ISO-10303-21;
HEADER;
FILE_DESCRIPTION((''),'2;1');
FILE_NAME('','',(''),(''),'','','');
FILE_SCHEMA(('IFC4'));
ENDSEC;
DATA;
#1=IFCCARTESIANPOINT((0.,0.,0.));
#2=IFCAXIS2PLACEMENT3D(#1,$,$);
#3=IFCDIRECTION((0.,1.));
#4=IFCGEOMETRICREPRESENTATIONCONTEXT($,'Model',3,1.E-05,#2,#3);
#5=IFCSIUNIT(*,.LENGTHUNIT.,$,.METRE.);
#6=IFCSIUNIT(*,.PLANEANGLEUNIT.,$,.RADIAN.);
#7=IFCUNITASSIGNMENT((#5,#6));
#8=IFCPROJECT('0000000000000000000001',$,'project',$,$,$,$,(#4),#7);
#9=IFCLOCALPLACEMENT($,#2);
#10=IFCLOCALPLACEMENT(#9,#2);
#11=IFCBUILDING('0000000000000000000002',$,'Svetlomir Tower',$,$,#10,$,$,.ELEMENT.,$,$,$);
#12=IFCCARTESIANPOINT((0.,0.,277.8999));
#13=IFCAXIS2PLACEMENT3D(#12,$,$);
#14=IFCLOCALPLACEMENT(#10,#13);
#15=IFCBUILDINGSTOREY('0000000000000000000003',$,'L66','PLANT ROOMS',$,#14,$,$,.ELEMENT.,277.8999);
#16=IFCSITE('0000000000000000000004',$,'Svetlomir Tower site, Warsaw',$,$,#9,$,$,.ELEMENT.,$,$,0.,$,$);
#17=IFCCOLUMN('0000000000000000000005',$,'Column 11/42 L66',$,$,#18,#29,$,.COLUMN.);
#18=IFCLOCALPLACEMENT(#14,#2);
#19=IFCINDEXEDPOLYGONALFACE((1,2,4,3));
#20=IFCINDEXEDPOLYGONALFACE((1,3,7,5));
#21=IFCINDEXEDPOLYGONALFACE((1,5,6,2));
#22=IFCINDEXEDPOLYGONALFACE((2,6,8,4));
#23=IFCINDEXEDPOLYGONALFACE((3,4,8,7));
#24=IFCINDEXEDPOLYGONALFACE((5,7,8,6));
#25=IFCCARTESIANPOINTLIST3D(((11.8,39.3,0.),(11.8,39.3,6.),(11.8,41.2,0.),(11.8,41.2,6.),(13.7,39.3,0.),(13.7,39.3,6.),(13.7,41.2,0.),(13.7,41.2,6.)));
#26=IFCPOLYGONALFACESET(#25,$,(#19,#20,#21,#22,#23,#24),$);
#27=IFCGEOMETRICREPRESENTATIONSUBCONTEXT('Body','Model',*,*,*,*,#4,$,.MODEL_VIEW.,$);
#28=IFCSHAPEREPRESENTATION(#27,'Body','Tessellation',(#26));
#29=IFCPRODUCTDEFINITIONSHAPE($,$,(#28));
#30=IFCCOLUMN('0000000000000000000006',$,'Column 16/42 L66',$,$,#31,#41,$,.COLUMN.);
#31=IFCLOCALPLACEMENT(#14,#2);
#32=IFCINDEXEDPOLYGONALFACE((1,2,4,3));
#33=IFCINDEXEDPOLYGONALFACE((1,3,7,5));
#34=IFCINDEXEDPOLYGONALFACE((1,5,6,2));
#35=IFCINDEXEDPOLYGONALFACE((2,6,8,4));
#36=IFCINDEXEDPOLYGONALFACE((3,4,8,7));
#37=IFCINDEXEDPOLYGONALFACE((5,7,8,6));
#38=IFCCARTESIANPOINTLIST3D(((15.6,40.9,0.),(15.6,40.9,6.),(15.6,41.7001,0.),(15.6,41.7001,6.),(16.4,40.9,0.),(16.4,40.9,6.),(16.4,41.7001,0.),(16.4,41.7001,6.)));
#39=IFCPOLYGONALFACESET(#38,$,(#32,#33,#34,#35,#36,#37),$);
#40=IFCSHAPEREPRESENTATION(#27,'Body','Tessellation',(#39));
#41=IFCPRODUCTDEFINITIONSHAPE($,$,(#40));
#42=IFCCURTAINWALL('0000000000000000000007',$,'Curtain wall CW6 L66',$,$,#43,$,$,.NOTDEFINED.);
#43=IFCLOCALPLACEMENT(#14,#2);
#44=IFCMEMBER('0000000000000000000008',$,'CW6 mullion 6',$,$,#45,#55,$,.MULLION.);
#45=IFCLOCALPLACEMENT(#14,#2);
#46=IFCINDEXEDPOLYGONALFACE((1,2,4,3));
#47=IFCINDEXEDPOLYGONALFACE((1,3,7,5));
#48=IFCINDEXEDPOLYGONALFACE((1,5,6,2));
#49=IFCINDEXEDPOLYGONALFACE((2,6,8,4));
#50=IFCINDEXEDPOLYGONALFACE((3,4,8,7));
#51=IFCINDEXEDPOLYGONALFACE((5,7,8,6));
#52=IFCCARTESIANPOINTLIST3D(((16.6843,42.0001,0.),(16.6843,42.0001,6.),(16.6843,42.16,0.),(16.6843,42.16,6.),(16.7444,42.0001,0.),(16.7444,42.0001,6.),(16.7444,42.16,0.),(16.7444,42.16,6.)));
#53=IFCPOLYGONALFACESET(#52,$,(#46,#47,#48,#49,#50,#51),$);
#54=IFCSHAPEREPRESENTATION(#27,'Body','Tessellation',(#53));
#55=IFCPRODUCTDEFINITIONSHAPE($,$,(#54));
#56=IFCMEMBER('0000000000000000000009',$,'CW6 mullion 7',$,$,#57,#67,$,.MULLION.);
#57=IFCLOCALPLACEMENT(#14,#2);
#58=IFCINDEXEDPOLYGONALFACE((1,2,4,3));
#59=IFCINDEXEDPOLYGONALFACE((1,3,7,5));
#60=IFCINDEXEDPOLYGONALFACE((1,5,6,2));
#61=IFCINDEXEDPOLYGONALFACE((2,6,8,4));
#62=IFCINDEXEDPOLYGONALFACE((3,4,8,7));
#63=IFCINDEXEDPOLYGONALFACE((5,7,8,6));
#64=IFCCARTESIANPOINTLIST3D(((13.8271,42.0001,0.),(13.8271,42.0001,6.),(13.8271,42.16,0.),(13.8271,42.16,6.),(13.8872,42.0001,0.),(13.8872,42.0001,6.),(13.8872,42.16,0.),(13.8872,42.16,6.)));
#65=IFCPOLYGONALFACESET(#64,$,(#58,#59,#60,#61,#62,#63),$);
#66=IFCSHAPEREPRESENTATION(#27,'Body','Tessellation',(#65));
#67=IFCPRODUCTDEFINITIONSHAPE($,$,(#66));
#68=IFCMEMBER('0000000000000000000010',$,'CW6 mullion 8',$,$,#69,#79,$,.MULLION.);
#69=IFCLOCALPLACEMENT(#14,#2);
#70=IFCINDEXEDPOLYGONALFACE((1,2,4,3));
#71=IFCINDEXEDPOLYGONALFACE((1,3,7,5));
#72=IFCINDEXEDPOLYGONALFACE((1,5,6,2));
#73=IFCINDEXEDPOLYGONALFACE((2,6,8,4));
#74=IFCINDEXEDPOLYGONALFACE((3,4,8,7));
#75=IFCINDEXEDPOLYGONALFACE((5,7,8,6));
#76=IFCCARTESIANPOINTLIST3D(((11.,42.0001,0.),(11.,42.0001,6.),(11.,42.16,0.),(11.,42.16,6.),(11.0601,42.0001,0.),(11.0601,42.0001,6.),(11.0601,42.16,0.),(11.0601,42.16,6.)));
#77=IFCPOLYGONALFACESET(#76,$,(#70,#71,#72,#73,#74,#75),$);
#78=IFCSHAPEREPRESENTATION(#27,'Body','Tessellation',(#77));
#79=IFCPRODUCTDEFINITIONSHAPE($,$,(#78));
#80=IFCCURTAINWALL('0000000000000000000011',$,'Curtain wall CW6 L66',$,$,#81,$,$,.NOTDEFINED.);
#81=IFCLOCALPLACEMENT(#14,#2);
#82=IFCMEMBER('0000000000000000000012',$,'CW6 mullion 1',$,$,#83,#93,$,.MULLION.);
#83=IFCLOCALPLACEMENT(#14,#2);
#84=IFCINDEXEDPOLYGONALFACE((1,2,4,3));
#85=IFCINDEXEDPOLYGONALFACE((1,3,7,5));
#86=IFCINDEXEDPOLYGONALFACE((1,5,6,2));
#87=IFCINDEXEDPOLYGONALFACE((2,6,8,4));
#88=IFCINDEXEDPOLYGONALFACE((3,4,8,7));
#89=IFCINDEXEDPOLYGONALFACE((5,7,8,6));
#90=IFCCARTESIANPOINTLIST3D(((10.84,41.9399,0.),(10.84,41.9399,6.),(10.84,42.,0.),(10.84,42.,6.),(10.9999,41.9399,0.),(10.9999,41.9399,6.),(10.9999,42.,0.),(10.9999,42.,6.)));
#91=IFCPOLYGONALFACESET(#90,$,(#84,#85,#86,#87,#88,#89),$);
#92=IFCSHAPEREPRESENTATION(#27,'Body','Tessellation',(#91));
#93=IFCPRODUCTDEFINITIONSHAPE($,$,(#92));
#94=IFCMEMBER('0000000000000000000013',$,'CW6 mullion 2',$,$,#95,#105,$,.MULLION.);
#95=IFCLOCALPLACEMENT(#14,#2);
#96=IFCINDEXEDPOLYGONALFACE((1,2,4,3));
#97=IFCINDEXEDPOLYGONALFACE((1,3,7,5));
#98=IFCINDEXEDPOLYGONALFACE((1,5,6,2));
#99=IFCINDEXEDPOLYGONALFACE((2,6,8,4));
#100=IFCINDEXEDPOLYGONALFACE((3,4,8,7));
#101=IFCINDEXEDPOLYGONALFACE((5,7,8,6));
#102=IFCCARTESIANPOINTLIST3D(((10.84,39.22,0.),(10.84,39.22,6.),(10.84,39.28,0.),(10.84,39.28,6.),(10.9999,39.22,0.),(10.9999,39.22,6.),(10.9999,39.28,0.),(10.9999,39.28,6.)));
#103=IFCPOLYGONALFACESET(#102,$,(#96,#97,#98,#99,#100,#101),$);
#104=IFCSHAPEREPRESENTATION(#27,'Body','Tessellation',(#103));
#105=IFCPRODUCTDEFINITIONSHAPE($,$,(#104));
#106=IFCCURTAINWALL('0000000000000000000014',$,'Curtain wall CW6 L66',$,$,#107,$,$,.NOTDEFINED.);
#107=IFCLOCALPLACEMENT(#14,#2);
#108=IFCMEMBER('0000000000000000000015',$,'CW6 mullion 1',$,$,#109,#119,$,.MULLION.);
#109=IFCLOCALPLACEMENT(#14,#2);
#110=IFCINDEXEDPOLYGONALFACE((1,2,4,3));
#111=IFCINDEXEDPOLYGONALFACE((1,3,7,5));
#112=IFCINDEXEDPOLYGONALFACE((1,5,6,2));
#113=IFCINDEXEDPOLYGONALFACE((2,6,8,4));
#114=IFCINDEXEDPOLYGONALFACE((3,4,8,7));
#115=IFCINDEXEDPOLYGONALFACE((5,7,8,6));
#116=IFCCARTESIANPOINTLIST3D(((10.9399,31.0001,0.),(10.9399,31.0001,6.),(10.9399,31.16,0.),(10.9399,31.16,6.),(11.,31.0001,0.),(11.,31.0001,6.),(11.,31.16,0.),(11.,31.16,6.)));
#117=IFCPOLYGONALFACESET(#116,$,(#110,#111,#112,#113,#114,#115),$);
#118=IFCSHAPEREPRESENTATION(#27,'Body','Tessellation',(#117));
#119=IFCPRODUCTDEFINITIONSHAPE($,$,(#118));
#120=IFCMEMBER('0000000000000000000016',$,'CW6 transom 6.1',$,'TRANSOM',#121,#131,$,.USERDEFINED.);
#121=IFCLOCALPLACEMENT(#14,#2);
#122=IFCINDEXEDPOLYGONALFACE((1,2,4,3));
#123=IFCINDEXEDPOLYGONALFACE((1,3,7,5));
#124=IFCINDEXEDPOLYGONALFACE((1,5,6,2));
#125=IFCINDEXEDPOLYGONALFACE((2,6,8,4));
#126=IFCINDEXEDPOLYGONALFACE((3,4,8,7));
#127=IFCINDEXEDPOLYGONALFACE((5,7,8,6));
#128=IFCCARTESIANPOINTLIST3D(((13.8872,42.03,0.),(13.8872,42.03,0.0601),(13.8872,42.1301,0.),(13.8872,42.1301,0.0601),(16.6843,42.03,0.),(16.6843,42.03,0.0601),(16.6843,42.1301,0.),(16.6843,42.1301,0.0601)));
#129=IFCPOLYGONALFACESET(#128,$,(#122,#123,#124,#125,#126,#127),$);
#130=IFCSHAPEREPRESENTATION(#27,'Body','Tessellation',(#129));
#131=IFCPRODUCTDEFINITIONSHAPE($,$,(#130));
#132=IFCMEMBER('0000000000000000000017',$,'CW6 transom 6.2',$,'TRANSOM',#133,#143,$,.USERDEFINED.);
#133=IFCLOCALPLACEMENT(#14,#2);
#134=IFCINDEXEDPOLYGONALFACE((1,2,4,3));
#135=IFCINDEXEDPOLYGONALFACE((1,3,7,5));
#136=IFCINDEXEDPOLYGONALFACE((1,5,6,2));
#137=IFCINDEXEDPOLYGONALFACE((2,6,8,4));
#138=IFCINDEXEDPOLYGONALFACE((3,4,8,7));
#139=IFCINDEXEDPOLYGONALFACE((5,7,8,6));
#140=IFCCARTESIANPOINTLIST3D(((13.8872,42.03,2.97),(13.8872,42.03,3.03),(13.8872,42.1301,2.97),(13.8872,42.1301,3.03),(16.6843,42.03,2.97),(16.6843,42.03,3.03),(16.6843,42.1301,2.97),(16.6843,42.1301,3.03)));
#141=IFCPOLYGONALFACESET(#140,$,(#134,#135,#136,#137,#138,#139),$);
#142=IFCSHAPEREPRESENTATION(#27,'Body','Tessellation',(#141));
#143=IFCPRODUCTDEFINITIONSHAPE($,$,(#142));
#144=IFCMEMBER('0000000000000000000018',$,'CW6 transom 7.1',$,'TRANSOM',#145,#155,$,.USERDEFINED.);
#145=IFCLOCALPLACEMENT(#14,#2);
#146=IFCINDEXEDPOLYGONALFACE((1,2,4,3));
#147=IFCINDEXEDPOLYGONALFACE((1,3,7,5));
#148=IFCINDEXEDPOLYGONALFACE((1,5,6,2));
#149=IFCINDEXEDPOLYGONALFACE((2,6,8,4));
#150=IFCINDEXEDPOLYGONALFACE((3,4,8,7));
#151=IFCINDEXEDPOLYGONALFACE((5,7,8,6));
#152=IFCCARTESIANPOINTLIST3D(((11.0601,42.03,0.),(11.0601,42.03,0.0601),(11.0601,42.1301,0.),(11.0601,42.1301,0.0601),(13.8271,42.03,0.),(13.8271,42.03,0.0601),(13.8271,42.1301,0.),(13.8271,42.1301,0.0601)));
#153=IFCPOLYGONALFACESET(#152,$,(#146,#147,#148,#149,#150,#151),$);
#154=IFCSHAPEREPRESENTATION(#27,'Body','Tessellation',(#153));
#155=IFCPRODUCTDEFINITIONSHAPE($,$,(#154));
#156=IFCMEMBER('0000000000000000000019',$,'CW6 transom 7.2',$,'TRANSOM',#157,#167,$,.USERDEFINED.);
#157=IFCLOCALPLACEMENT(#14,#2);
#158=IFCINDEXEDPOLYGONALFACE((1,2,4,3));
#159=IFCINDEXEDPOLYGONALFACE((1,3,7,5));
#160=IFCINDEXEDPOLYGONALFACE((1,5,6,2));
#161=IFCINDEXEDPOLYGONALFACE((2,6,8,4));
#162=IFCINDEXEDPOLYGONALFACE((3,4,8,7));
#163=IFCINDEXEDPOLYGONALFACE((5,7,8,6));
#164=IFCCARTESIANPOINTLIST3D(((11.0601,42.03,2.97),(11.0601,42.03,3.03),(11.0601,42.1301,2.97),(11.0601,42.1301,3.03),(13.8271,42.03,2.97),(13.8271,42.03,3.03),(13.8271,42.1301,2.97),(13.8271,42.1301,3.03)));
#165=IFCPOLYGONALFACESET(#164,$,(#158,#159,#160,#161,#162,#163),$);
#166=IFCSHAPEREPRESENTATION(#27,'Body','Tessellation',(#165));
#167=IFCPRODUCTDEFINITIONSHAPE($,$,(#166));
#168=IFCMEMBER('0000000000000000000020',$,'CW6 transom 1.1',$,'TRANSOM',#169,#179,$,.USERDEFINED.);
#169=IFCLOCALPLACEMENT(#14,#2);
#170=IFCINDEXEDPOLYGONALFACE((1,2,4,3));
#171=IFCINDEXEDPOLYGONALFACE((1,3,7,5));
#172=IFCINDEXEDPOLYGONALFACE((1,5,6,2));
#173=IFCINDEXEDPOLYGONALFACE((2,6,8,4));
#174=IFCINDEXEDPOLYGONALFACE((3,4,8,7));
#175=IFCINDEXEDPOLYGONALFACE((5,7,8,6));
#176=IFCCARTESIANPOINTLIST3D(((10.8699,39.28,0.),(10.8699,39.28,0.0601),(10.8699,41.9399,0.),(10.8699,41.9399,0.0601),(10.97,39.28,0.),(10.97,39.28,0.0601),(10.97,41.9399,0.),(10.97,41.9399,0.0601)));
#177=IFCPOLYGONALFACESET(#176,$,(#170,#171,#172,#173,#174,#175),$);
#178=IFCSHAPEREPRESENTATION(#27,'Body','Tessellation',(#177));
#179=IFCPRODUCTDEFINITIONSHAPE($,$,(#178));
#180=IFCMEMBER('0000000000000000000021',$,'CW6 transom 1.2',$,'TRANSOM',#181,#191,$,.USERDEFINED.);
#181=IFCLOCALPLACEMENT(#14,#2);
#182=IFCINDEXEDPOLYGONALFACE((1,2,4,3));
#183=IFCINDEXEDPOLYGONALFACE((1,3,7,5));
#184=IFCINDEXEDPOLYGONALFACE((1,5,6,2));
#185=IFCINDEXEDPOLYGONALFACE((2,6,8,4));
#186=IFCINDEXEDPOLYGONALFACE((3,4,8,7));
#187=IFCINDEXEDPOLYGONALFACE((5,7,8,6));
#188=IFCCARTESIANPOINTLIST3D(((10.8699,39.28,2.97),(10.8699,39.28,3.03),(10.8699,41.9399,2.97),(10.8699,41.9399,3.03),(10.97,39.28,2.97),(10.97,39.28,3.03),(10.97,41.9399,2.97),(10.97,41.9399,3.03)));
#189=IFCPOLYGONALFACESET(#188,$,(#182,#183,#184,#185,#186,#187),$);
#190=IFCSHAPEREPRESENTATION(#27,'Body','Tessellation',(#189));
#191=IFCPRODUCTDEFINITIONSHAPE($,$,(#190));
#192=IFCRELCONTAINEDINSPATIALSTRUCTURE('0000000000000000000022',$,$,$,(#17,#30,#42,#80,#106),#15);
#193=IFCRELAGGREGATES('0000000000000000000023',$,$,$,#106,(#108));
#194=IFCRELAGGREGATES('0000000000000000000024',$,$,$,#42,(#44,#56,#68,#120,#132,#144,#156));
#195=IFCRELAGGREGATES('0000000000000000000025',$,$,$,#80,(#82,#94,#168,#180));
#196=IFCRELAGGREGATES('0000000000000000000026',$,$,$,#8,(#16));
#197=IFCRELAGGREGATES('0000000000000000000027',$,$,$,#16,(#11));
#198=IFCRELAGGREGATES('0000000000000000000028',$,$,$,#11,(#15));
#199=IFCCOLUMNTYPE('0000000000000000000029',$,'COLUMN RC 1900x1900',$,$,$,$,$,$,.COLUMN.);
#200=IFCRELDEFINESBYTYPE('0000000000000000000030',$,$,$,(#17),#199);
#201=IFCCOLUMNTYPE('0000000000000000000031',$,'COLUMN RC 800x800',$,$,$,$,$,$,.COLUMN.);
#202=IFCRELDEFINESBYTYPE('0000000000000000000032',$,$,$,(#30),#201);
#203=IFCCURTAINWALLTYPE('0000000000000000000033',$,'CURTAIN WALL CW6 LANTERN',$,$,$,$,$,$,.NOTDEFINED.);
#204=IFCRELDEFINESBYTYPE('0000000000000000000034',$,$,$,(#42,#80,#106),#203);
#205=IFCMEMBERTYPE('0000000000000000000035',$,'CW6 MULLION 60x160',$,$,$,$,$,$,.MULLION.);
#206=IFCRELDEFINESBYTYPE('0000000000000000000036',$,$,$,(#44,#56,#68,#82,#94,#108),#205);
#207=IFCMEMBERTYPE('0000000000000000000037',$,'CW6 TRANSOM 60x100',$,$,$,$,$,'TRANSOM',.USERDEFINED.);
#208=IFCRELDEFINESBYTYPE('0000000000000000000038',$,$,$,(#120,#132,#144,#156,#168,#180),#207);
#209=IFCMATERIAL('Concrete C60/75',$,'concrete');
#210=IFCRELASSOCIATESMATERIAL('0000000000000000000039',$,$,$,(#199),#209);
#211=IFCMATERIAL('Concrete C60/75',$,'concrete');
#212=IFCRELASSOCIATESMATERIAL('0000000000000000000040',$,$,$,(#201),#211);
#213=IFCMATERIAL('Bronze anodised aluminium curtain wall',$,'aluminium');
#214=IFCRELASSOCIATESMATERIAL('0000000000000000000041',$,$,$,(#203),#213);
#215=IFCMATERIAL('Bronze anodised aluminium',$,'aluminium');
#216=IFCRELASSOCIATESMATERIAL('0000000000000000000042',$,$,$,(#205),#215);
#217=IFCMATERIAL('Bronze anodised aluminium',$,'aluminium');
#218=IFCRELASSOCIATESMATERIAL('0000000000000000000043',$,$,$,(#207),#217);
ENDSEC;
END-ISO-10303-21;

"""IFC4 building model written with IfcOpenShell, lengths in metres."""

from ifc_helpers import new_model, si_unit, direction, frame, origin, origin_2d, place, context, subcontext, project, spatial, rectangle, extrude, material, material_profile, profile_set, type_object, element, aggregate, save


model = new_model("IFC4")

# Units and contexts
model_context = context("Model", 3, precision=1e-05, world=origin(), true_north=direction((0.0, 1.0)))
body_context = subcontext(model_context, "Body", "Model", "MODEL_VIEW")
ifc_project = project(units=[si_unit("LENGTHUNIT", "METRE"), si_unit("PLANEANGLEUNIT", "RADIAN")], contexts=[model_context])

# Site, building, storey
site_placement = place(None, origin())
site = spatial("IfcSite", under=ifc_project, at=site_placement, Name="Svetlomir Tower site, Warsaw", CompositionType="ELEMENT", RefElevation=0.0)
building_placement = place(site_placement, origin())
building = spatial("IfcBuilding", under=site, at=building_placement, Name="Svetlomir Tower", CompositionType="ELEMENT")
storey_placement = place(building_placement, frame((0.0, 0.0, 277.8999)))
storey = spatial("IfcBuildingStorey", under=building, at=storey_placement, Name="L66", Description="PLANT ROOMS", CompositionType="ELEMENT", Elevation=277.8999)

# Columns
ifc_material_1 = material(Name="Concrete C60/75", Category="concrete")
ifc_material_profile_1 = material_profile(ifc_material_1, rectangle(XDim=1.8999, YDim=1.8999, at=origin_2d()), Name="RC 1900x1900")
ifc_profile_set_1 = profile_set([ifc_material_profile_1], Name="Concrete C60/75")
column_type_1 = type_object("IfcColumnType", Name="COLUMN RC 1900x1900", PredefinedType="COLUMN", material=ifc_profile_set_1)
column_1_placement = place(storey_placement, frame((12.75, 40.25, 0.0), z_axis=(0.0, 0.0, 1.0), x_axis=(1.0, 0.0, 0.0)))
element("IfcColumn", 1, at=column_1_placement, inside=storey, type_object=column_type_1, Name="Column 11/42 L66", PredefinedType="COLUMN", context=body_context, shape_type="SweptSolid", body=[
    extrude(rectangle(XDim=1.8999, YDim=1.8999, at=origin_2d()), origin(), (0.0, 0.0, 1.0), 6.0),
])
ifc_material_2 = material(Name="Concrete C60/75", Category="concrete")
ifc_material_profile_2 = material_profile(ifc_material_2, rectangle(XDim=0.8, YDim=0.8, at=origin_2d()), Name="RC 800x800")
ifc_profile_set_2 = profile_set([ifc_material_profile_2], Name="Concrete C60/75")
column_type_2 = type_object("IfcColumnType", Name="COLUMN RC 800x800", PredefinedType="COLUMN", material=ifc_profile_set_2)
column_2_placement = place(storey_placement, frame((16.0, 41.3, 0.0), z_axis=(0.0, 0.0, 1.0), x_axis=(1.0, 0.0, 0.0)))
element("IfcColumn", 2, at=column_2_placement, inside=storey, type_object=column_type_2, Name="Column 16/42 L66", PredefinedType="COLUMN", context=body_context, shape_type="SweptSolid", body=[
    extrude(rectangle(XDim=0.8, YDim=0.8, at=origin_2d()), origin(), (0.0, 0.0, 1.0), 6.0),
])

# Curtain walls, members
ifc_material_3 = material(Name="Bronze anodised aluminium curtain wall", Category="aluminium")
curtain_wall_type = type_object("IfcCurtainWallType", Name="CURTAIN WALL CW6 LANTERN", PredefinedType="NOTDEFINED", material=ifc_material_3)
curtain_wall_1_placement = place(storey_placement, origin())
curtain_wall_1 = element("IfcCurtainWall", 3, at=curtain_wall_1_placement, inside=storey, type_object=curtain_wall_type, Name="Curtain wall CW6 L66", PredefinedType="NOTDEFINED")
ifc_material_4 = material(Name="Bronze anodised aluminium", Category="aluminium")
ifc_material_profile_3 = material_profile(ifc_material_4, rectangle(XDim=0.0601, YDim=0.1599, at=origin_2d()), Name="AL 60x160")
ifc_profile_set_3 = profile_set([ifc_material_profile_3], Name="Bronze anodised aluminium 6063-T6")
member_type_1 = type_object("IfcMemberType", Name="CW6 MULLION 60x160", PredefinedType="MULLION", material=ifc_profile_set_3)
member_1_placement = place(storey_placement, frame((16.7144, 42.0801, 0.0), z_axis=(0.0, 0.0, 1.0), x_axis=(-1.0, 0.0, 0.0)))
member_1 = element("IfcMember", 4, at=member_1_placement, type_object=member_type_1, Name="CW6 mullion 6", PredefinedType="MULLION", context=body_context, shape_type="SweptSolid", body=[
    extrude(rectangle(XDim=0.0601, YDim=0.1599, at=origin_2d()), origin(), (0.0, 0.0, 1.0), 6.0),
])
member_2_placement = place(storey_placement, frame((13.8572, 42.0801, 0.0), z_axis=(0.0, 0.0, 1.0), x_axis=(-1.0, 0.0, 0.0)))
member_2 = element("IfcMember", 5, at=member_2_placement, type_object=member_type_1, Name="CW6 mullion 7", PredefinedType="MULLION", context=body_context, shape_type="SweptSolid", body=[
    extrude(rectangle(XDim=0.0601, YDim=0.1599, at=origin_2d()), origin(), (0.0, 0.0, 1.0), 6.0),
])
member_3_placement = place(storey_placement, frame((11.03, 42.0801, 0.0), z_axis=(0.0, 0.0, 1.0), x_axis=(-1.0, 0.0, 0.0)))
member_3 = element("IfcMember", 6, at=member_3_placement, type_object=member_type_1, Name="CW6 mullion 8", PredefinedType="MULLION", context=body_context, shape_type="SweptSolid", body=[
    extrude(rectangle(XDim=0.0601, YDim=0.1599, at=origin_2d()), origin(), (0.0, 0.0, 1.0), 6.0),
])
curtain_wall_2_placement = place(storey_placement, origin())
curtain_wall_2 = element("IfcCurtainWall", 7, at=curtain_wall_2_placement, inside=storey, type_object=curtain_wall_type, Name="Curtain wall CW6 L66", PredefinedType="NOTDEFINED")
member_4_placement = place(storey_placement, frame((10.9199, 41.97, 0.0), z_axis=(0.0, 0.0, 1.0), x_axis=(0.0, -1.0, 0.0)))
member_4 = element("IfcMember", 8, at=member_4_placement, type_object=member_type_1, Name="CW6 mullion 1", PredefinedType="MULLION", context=body_context, shape_type="SweptSolid", body=[
    extrude(rectangle(XDim=0.0601, YDim=0.1599, at=origin_2d()), origin(), (0.0, 0.0, 1.0), 6.0),
])
member_5_placement = place(storey_placement, frame((10.9199, 39.25, 0.0), z_axis=(0.0, 0.0, 1.0), x_axis=(0.0, -1.0, 0.0)))
member_5 = element("IfcMember", 9, at=member_5_placement, type_object=member_type_1, Name="CW6 mullion 2", PredefinedType="MULLION", context=body_context, shape_type="SweptSolid", body=[
    extrude(rectangle(XDim=0.0601, YDim=0.1599, at=origin_2d()), origin(), (0.0, 0.0, 1.0), 6.0),
])

# Curtain wall, member
curtain_wall_3_placement = place(storey_placement, origin())
curtain_wall_3 = element("IfcCurtainWall", 10, at=curtain_wall_3_placement, inside=storey, type_object=curtain_wall_type, Name="Curtain wall CW6 L66", PredefinedType="NOTDEFINED")
member_6_placement = place(storey_placement, frame((10.97, 31.0801, 0.0), z_axis=(0.0, 0.0, 1.0), x_axis=(-1.0, 0.0, 0.0)))
member_6 = element("IfcMember", 11, at=member_6_placement, type_object=member_type_1, Name="CW6 mullion 1", PredefinedType="MULLION", context=body_context, shape_type="SweptSolid", body=[
    extrude(rectangle(XDim=0.0601, YDim=0.1599, at=origin_2d()), origin(), (0.0, 0.0, 1.0), 6.0),
])

# Members
ifc_material_5 = material(Name="Bronze anodised aluminium", Category="aluminium")
ifc_material_profile_4 = material_profile(ifc_material_5, rectangle(XDim=0.1001, YDim=0.0601, at=origin_2d()), Name="AL 100x60")
ifc_profile_set_4 = profile_set([ifc_material_profile_4], Name="Bronze anodised aluminium 6063-T6")
member_type_2 = type_object("IfcMemberType", Name="CW6 TRANSOM 60x100", ElementType="TRANSOM", PredefinedType="USERDEFINED", material=ifc_profile_set_4)
member_7_placement = place(storey_placement, frame((16.6843, 42.0801, 0.03), z_axis=(-1.0, 0.0, 0.0), x_axis=(0.0, -1.0, 0.0)))
member_7 = element("IfcMember", 12, at=member_7_placement, type_object=member_type_2, Name="CW6 transom 6.1", ObjectType="TRANSOM", PredefinedType="USERDEFINED", context=body_context, shape_type="SweptSolid", body=[
    extrude(rectangle(XDim=0.1001, YDim=0.0601, at=origin_2d()), origin(), (0.0, 0.0, 1.0), 2.7971),
])
member_8_placement = place(storey_placement, frame((16.6843, 42.0801, 3.0), z_axis=(-1.0, 0.0, 0.0), x_axis=(0.0, -1.0, 0.0)))
member_8 = element("IfcMember", 13, at=member_8_placement, type_object=member_type_2, Name="CW6 transom 6.2", ObjectType="TRANSOM", PredefinedType="USERDEFINED", context=body_context, shape_type="SweptSolid", body=[
    extrude(rectangle(XDim=0.1001, YDim=0.0601, at=origin_2d()), origin(), (0.0, 0.0, 1.0), 2.7971),
])
member_9_placement = place(storey_placement, frame((13.8271, 42.0801, 0.03), z_axis=(-1.0, 0.0, 0.0), x_axis=(0.0, -1.0, 0.0)))
member_9 = element("IfcMember", 14, at=member_9_placement, type_object=member_type_2, Name="CW6 transom 7.1", ObjectType="TRANSOM", PredefinedType="USERDEFINED", context=body_context, shape_type="SweptSolid", body=[
    extrude(rectangle(XDim=0.1001, YDim=0.0601, at=origin_2d()), origin(), (0.0, 0.0, 1.0), 2.7671),
])
member_10_placement = place(storey_placement, frame((13.8271, 42.0801, 3.0), z_axis=(-1.0, 0.0, 0.0), x_axis=(0.0, -1.0, 0.0)))
member_10 = element("IfcMember", 15, at=member_10_placement, type_object=member_type_2, Name="CW6 transom 7.2", ObjectType="TRANSOM", PredefinedType="USERDEFINED", context=body_context, shape_type="SweptSolid", body=[
    extrude(rectangle(XDim=0.1001, YDim=0.0601, at=origin_2d()), origin(), (0.0, 0.0, 1.0), 2.7671),
])
member_11_placement = place(storey_placement, frame((10.9199, 41.9399, 0.03), z_axis=(0.0, -1.0, 0.0), x_axis=(1.0, 0.0, 0.0)))
member_11 = element("IfcMember", 16, at=member_11_placement, type_object=member_type_2, Name="CW6 transom 1.1", ObjectType="TRANSOM", PredefinedType="USERDEFINED", context=body_context, shape_type="SweptSolid", body=[
    extrude(rectangle(XDim=0.1001, YDim=0.0601, at=origin_2d()), origin(), (0.0, 0.0, 1.0), 2.6599),
])
member_12_placement = place(storey_placement, frame((10.9199, 41.9399, 3.0), z_axis=(0.0, -1.0, 0.0), x_axis=(1.0, 0.0, 0.0)))
member_12 = element("IfcMember", 17, at=member_12_placement, type_object=member_type_2, Name="CW6 transom 1.2", ObjectType="TRANSOM", PredefinedType="USERDEFINED", context=body_context, shape_type="SweptSolid", body=[
    extrude(rectangle(XDim=0.1001, YDim=0.0601, at=origin_2d()), origin(), (0.0, 0.0, 1.0), 2.6599),
])
aggregate(curtain_wall_3, [member_6])

aggregate(curtain_wall_1, [member_1, member_2, member_3, member_7, member_8, member_9, member_10])
aggregate(curtain_wall_2, [member_4, member_5, member_11, member_12])

save(model, "model.ifc")
